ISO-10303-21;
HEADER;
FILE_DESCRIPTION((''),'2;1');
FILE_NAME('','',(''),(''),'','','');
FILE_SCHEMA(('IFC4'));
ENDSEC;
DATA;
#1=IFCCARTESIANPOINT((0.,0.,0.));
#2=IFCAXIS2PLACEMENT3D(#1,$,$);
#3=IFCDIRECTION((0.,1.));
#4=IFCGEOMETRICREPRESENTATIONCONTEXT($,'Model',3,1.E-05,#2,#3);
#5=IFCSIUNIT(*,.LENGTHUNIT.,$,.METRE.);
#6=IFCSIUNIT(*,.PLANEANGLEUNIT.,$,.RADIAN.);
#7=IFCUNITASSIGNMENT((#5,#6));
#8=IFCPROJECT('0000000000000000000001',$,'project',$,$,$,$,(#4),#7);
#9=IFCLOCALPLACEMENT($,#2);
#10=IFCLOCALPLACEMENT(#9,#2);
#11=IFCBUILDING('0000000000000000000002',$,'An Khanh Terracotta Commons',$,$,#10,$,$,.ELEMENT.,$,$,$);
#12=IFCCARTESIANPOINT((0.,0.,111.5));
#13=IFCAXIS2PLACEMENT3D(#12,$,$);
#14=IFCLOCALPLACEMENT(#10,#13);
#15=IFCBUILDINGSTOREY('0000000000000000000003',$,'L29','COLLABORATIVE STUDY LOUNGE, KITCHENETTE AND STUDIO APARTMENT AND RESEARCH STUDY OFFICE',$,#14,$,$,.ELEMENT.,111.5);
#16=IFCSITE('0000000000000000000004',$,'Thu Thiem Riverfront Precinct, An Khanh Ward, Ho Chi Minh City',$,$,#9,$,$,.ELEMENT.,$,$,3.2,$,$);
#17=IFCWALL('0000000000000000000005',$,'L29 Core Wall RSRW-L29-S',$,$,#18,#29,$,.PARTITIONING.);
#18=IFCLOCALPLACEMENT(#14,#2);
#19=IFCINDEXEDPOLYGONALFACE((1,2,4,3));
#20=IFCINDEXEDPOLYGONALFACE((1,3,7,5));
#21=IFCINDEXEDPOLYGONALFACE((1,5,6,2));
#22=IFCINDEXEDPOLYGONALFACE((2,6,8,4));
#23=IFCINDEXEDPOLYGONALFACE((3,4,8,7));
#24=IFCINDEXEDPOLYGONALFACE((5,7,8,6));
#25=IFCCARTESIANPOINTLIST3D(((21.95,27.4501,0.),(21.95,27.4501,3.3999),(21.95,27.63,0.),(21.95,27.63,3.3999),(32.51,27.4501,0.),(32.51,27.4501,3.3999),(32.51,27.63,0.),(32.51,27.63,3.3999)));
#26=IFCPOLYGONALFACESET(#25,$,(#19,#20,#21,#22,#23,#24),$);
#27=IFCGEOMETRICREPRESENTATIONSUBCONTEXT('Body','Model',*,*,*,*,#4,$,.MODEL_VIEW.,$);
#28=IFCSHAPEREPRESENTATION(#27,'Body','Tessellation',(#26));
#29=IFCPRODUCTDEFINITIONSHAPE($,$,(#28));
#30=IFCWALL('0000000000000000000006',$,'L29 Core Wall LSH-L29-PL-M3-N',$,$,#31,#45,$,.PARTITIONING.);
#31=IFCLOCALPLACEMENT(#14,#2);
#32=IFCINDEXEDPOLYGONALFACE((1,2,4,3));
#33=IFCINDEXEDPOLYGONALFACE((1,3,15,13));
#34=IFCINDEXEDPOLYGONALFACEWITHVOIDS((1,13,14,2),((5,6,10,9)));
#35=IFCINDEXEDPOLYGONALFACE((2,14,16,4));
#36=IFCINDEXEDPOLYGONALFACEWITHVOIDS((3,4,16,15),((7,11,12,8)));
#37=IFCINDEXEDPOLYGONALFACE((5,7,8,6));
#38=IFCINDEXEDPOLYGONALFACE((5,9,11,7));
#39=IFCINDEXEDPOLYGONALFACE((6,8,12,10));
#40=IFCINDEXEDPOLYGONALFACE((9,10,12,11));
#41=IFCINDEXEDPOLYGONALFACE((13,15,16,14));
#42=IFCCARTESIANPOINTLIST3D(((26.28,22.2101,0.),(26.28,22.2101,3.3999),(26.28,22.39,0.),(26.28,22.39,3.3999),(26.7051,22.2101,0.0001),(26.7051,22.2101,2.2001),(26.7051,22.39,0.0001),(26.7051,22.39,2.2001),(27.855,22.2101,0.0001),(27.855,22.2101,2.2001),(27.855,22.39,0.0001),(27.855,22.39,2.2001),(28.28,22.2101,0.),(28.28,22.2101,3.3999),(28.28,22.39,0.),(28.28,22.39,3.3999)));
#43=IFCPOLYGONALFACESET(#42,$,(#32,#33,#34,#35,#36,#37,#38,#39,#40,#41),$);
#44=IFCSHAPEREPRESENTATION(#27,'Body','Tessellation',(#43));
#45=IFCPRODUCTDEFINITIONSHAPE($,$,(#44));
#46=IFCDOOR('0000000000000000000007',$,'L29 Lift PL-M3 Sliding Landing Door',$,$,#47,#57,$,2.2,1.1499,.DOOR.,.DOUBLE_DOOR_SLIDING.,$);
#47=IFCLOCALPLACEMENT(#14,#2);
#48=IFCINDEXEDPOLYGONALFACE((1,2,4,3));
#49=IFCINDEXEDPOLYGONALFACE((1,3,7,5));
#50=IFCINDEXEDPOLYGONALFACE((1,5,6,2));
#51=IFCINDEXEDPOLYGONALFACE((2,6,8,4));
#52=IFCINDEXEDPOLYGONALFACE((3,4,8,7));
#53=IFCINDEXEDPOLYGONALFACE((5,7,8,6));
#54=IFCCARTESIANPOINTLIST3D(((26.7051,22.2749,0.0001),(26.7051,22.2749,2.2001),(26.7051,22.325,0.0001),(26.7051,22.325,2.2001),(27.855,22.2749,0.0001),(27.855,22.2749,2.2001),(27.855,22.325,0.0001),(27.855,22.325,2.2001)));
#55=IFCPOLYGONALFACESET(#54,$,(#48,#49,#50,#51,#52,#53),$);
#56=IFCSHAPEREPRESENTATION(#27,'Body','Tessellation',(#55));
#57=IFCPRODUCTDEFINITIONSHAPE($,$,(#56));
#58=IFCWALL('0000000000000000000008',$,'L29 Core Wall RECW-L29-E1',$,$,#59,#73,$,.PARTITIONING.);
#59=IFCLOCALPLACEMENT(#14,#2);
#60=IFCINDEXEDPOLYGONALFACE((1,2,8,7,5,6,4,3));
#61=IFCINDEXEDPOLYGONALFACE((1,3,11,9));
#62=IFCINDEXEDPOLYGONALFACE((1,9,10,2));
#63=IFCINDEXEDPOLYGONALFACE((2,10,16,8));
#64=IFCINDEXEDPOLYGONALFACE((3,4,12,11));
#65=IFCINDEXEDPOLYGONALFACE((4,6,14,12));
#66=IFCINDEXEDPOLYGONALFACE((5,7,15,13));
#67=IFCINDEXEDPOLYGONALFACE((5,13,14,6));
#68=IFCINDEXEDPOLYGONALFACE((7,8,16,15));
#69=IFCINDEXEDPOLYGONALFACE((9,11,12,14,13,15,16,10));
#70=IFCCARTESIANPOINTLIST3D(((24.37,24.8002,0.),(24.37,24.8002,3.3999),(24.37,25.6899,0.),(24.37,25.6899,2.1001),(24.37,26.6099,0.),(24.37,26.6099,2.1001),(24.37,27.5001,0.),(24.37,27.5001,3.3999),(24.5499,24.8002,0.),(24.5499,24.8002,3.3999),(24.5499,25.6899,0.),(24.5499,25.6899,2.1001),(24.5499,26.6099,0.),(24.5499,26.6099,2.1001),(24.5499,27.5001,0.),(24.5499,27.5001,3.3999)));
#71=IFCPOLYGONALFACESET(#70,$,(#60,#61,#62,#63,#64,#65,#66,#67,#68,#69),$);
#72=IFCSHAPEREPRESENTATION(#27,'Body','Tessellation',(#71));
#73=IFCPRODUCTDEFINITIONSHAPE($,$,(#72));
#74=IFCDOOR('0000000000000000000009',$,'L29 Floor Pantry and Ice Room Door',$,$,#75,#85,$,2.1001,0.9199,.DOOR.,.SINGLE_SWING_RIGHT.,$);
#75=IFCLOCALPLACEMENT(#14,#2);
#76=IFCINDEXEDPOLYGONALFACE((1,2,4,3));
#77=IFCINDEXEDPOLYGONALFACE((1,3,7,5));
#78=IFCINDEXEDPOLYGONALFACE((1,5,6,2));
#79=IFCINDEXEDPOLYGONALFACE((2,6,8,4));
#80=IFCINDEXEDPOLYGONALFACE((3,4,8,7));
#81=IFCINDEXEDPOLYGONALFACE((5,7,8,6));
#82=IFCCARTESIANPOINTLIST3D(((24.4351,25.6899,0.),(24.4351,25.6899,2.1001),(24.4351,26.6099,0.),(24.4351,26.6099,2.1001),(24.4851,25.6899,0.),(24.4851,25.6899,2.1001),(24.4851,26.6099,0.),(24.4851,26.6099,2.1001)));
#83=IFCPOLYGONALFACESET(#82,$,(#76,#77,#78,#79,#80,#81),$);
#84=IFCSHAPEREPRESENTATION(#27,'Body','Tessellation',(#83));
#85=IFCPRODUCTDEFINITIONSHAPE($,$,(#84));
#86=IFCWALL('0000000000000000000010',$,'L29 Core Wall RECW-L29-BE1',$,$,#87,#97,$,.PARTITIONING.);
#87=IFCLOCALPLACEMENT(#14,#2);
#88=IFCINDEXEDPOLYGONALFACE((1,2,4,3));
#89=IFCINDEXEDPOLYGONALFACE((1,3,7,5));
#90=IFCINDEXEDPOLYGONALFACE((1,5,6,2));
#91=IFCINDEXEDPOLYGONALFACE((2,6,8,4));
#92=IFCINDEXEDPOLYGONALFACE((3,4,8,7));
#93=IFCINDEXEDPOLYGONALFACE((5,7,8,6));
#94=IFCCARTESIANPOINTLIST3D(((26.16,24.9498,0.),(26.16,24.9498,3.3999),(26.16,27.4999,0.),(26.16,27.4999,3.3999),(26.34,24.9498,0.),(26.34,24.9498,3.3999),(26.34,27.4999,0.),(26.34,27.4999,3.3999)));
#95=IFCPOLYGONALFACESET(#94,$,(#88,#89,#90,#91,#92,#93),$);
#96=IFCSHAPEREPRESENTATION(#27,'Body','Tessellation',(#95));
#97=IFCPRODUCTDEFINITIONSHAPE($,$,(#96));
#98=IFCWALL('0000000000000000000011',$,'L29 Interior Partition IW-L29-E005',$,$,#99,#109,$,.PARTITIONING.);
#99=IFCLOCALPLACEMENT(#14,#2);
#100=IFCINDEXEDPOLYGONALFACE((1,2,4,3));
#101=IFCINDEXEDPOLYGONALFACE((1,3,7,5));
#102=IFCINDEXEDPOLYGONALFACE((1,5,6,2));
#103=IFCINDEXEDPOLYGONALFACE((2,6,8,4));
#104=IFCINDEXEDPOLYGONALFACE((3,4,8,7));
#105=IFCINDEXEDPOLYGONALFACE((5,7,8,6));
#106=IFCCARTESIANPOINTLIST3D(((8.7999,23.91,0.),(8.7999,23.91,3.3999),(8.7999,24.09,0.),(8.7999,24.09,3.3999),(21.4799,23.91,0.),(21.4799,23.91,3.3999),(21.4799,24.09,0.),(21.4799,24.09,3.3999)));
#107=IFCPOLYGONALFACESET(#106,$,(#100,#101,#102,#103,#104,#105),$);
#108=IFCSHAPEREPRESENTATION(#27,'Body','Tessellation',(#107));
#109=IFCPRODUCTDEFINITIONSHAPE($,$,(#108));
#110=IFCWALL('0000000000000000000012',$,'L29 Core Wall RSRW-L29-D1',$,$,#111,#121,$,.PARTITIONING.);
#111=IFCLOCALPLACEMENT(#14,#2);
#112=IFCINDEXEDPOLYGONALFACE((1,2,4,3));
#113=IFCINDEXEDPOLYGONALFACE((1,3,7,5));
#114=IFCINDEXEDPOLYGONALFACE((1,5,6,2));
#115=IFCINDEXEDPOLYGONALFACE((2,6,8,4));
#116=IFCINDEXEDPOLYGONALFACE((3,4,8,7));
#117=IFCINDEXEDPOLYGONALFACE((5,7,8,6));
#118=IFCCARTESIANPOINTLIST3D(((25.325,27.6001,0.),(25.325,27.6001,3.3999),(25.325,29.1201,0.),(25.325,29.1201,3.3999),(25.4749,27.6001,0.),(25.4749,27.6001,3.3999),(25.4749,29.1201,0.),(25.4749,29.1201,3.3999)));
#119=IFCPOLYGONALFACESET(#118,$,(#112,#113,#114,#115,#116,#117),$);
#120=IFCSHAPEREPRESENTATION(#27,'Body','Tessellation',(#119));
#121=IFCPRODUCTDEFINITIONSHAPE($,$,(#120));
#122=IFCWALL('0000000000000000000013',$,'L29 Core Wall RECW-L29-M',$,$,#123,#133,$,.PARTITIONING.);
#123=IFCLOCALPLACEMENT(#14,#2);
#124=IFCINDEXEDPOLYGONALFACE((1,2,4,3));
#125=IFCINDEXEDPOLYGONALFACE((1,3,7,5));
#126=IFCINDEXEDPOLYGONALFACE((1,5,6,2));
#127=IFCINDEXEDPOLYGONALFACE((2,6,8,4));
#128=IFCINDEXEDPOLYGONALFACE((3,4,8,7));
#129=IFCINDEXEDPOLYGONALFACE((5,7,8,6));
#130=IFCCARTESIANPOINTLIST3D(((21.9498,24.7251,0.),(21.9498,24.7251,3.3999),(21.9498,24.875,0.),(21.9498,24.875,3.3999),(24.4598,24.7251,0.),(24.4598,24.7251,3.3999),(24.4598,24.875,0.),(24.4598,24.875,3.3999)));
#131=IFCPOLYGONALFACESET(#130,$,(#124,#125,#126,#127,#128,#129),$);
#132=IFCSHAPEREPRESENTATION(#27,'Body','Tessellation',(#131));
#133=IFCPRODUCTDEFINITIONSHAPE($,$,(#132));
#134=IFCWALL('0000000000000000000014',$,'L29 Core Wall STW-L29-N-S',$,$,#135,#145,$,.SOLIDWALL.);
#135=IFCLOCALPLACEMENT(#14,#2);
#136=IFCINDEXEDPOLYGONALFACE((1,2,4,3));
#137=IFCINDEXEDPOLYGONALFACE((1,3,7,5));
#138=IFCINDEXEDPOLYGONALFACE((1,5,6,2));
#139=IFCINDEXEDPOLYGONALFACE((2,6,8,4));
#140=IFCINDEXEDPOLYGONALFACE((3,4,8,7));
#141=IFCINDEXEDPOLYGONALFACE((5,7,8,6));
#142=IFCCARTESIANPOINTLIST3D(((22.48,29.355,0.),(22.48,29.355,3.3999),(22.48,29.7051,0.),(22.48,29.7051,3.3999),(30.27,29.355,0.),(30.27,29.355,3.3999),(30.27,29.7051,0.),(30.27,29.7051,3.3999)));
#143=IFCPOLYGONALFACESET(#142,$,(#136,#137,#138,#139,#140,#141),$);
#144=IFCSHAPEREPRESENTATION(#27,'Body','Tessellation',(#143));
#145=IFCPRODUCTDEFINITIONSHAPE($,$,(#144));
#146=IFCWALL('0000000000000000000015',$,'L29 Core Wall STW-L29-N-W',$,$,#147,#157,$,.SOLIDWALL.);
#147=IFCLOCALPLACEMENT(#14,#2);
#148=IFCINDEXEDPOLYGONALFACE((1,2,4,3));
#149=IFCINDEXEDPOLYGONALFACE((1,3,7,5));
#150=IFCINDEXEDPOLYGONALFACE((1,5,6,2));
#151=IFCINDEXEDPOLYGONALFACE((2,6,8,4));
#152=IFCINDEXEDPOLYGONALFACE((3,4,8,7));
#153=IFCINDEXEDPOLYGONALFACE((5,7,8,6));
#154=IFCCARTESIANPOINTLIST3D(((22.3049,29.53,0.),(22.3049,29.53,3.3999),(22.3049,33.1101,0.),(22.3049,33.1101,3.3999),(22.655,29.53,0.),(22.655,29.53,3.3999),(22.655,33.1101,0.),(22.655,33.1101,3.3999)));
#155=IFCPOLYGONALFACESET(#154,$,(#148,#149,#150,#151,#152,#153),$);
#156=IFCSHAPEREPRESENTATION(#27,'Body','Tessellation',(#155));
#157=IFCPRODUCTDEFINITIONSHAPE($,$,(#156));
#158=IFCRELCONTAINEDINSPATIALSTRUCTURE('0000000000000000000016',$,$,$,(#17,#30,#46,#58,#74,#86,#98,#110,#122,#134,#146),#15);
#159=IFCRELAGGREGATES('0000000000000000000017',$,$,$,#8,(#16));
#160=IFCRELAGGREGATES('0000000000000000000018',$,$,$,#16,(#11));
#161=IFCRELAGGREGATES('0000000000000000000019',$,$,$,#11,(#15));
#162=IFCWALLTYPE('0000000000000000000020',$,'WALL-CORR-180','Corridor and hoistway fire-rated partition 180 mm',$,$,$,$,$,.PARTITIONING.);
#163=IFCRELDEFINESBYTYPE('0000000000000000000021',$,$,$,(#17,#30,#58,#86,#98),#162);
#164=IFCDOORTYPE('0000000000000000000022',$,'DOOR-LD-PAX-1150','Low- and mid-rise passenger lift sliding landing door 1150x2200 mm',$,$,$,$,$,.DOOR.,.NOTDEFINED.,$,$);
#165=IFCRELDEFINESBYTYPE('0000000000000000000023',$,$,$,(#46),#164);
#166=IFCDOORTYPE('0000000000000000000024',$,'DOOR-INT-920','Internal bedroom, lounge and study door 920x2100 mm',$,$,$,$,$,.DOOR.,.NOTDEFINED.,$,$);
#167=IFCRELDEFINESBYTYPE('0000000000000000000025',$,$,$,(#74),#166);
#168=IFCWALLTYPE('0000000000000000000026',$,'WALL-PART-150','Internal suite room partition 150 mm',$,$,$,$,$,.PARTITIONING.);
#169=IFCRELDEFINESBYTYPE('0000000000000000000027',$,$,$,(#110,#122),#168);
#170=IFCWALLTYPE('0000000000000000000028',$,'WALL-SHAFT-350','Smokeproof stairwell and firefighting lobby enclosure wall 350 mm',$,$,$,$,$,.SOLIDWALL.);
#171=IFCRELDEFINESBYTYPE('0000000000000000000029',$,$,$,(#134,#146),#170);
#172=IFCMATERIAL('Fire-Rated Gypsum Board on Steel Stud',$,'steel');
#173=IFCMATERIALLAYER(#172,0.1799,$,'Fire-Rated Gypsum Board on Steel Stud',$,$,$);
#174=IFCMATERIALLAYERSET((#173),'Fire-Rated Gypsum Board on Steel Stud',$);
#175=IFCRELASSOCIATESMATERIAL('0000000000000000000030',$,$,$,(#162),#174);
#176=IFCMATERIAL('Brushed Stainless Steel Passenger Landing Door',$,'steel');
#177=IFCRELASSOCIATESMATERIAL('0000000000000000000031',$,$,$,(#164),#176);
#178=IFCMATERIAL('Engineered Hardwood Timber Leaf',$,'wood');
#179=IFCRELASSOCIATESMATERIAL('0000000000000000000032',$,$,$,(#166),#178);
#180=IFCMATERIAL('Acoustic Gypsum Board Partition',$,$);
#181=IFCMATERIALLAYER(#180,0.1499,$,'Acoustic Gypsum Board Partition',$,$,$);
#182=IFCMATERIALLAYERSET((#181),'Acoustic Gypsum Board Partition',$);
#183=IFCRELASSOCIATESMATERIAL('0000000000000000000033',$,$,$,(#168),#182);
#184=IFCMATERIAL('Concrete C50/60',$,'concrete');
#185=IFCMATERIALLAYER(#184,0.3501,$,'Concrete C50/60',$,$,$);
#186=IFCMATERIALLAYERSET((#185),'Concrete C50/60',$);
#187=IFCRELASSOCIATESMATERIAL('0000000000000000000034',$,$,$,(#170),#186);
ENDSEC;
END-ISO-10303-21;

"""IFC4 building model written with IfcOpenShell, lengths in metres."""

from ifc_helpers import new_model, si_unit, direction, frame, frame_2d, origin, place, context, subcontext, project, spatial, rectangle, extrude, material, layer, layer_set, type_object, element, fill, save


model = new_model("IFC4")

# Units and contexts
model_context = context("Model", 3, precision=1e-05, world=origin(), true_north=direction((0.0, 1.0)))
body_context = subcontext(model_context, "Body", "Model", "MODEL_VIEW")
ifc_project = project(units=[si_unit("LENGTHUNIT", "METRE"), si_unit("PLANEANGLEUNIT", "RADIAN")], contexts=[model_context])

# Site, building, storey
site_placement = place(None, origin())
site = spatial("IfcSite", under=ifc_project, at=site_placement, Name="Thu Thiem Riverfront Precinct, An Khanh Ward, Ho Chi Minh City", CompositionType="ELEMENT", RefElevation=3.2)
building_placement = place(site_placement, origin())
building = spatial("IfcBuilding", under=site, at=building_placement, Name="An Khanh Terracotta Commons", CompositionType="ELEMENT")
storey_placement = place(building_placement, frame((0.0, 0.0, 111.5)))
storey = spatial("IfcBuildingStorey", under=building, at=storey_placement, Name="L29", Description="COLLABORATIVE STUDY LOUNGE, KITCHENETTE AND STUDIO APARTMENT AND RESEARCH STUDY OFFICE", CompositionType="ELEMENT", Elevation=111.5)

# Wall
ifc_material_1 = material(Name="Fire-Rated Gypsum Board on Steel Stud", Category="steel")
ifc_layer_1 = layer(ifc_material_1, 0.1799, Name="Fire-Rated Gypsum Board on Steel Stud")
ifc_layer_set_1 = layer_set([ifc_layer_1], Name="Fire-Rated Gypsum Board on Steel Stud")
wall_type_1 = type_object("IfcWallType", Name="WALL-CORR-180", Description="Corridor and hoistway fire-rated partition 180 mm", PredefinedType="PARTITIONING", material=ifc_layer_set_1)
wall_1_placement = place(storey_placement, frame((21.95, 27.54, 0.0), z_axis=(0.0, 0.0, 1.0), x_axis=(1.0, 0.0, 0.0)))
element("IfcWall", 1, at=wall_1_placement, inside=storey, type_object=wall_type_1, Name="L29 Core Wall RSRW-L29-S", PredefinedType="PARTITIONING", context=body_context, shape_type="SweptSolid", body=[
    extrude(rectangle(XDim=10.5601, YDim=0.1799, at=frame_2d((5.28, 0.0))), origin(), (0.0, 0.0, 1.0), 3.3999),
])

# Walls, openings, doors
wall_2_placement = place(storey_placement, frame((26.28, 22.3, 0.0), z_axis=(0.0, 0.0, 1.0), x_axis=(1.0, 0.0, 0.0)))
wall_2 = element("IfcWall", 2, at=wall_2_placement, inside=storey, type_object=wall_type_1, Name="L29 Core Wall LSH-L29-PL-M3-N", PredefinedType="PARTITIONING", context=body_context, shape_type="SweptSolid", body=[
    extrude(rectangle(XDim=2.0, YDim=0.1799, at=frame_2d((1.0, 0.0))), origin(), (0.0, 0.0, 1.0), 3.3999),
])
opening_1_placement = place(wall_2_placement, frame((0.425, 0.0, 0.0)))
opening_1 = element("IfcOpeningElement", 3, at=opening_1_placement, cuts=wall_2, PredefinedType="OPENING", context=body_context, shape_type="SweptSolid", body=[
    extrude(rectangle(XDim=1.1499, YDim=2.2, at=frame_2d((0.575, 1.1001))), frame((0.0, 0.0999, 0.0), z_axis=(0.0, -1.0, 0.0), x_axis=(1.0, 0.0, 0.0)), (0.0, 0.0, 1.0), 0.2),
])
ifc_material_2 = material(Name="Brushed Stainless Steel Passenger Landing Door", Category="steel")
door_type_1 = type_object("IfcDoorType", Name="DOOR-LD-PAX-1150", Description="Low- and mid-rise passenger lift sliding landing door 1150x2200 mm", OperationType="NOTDEFINED", PredefinedType="DOOR", material=ifc_material_2)
door_1_placement = place(opening_1_placement, origin())
door_1 = element("IfcDoor", 4, at=door_1_placement, inside=storey, type_object=door_type_1, Name="L29 Lift PL-M3 Sliding Landing Door", OperationType="DOUBLE_DOOR_SLIDING", OverallHeight=2.2, OverallWidth=1.1499, PredefinedType="DOOR", context=body_context, shape_type="SweptSolid", body=[
    extrude(rectangle(XDim=1.1499, YDim=2.2, at=frame_2d((0.575, 1.1001))), frame((0.0, 0.0249, 0.0), z_axis=(0.0, -1.0, 0.0), x_axis=(1.0, 0.0, 0.0)), (0.0, 0.0, 1.0), 0.05),
])
fill(opening_1, door_1)
wall_3_placement = place(storey_placement, frame((24.46, 24.8, 0.0), z_axis=(0.0, 0.0, 1.0), x_axis=(0.0, 1.0, 0.0)))
wall_3 = element("IfcWall", 5, at=wall_3_placement, inside=storey, type_object=wall_type_1, Name="L29 Core Wall RECW-L29-E1", PredefinedType="PARTITIONING", context=body_context, shape_type="SweptSolid", body=[
    extrude(rectangle(XDim=2.7, YDim=0.1799, at=frame_2d((1.3501, 0.0))), origin(), (0.0, 0.0, 1.0), 3.3999),
])
opening_2_placement = place(wall_3_placement, frame((0.8899, 0.0, 0.0)))
opening_2 = element("IfcOpeningElement", 6, at=opening_2_placement, cuts=wall_3, PredefinedType="OPENING", context=body_context, shape_type="SweptSolid", body=[
    extrude(rectangle(XDim=0.9199, YDim=2.1001, at=frame_2d((0.46, 1.05))), frame((0.0, 0.0999, 0.0), z_axis=(0.0, -1.0, 0.0), x_axis=(1.0, 0.0, 0.0)), (0.0, 0.0, 1.0), 0.2),
])
ifc_material_3 = material(Name="Engineered Hardwood Timber Leaf", Category="wood")
door_type_2 = type_object("IfcDoorType", Name="DOOR-INT-920", Description="Internal bedroom, lounge and study door 920x2100 mm", OperationType="NOTDEFINED", PredefinedType="DOOR", material=ifc_material_3)
door_2_placement = place(opening_2_placement, origin())
door_2 = element("IfcDoor", 7, at=door_2_placement, inside=storey, type_object=door_type_2, Name="L29 Floor Pantry and Ice Room Door", OperationType="SINGLE_SWING_RIGHT", OverallHeight=2.1001, OverallWidth=0.9199, PredefinedType="DOOR", context=body_context, shape_type="SweptSolid", body=[
    extrude(rectangle(XDim=0.9199, YDim=2.1001, at=frame_2d((0.46, 1.05))), frame((0.0, 0.0249, 0.0), z_axis=(0.0, -1.0, 0.0), x_axis=(1.0, 0.0, 0.0)), (0.0, 0.0, 1.0), 0.05),
])
fill(opening_2, door_2)

# Walls
wall_4_placement = place(storey_placement, frame((26.25, 24.95, 0.0), z_axis=(0.0, 0.0, 1.0), x_axis=(0.0, 1.0, 0.0)))
element("IfcWall", 8, at=wall_4_placement, inside=storey, type_object=wall_type_1, Name="L29 Core Wall RECW-L29-BE1", PredefinedType="PARTITIONING", context=body_context, shape_type="SweptSolid", body=[
    extrude(rectangle(XDim=2.55, YDim=0.1799, at=frame_2d((1.2749, 0.0))), origin(), (0.0, 0.0, 1.0), 3.3999),
])
wall_5_placement = place(storey_placement, frame((8.8, 24.0, 0.0), z_axis=(0.0, 0.0, 1.0), x_axis=(1.0, 0.0, 0.0)))
element("IfcWall", 9, at=wall_5_placement, inside=storey, type_object=wall_type_1, Name="L29 Interior Partition IW-L29-E005", PredefinedType="PARTITIONING", context=body_context, shape_type="SweptSolid", body=[
    extrude(rectangle(XDim=12.6799, YDim=0.1799, at=frame_2d((6.3398, 0.0))), origin(), (0.0, 0.0, 1.0), 3.3999),
])
ifc_material_4 = material(Name="Acoustic Gypsum Board Partition")
ifc_layer_2 = layer(ifc_material_4, 0.1499, Name="Acoustic Gypsum Board Partition")
ifc_layer_set_2 = layer_set([ifc_layer_2], Name="Acoustic Gypsum Board Partition")
wall_type_2 = type_object("IfcWallType", Name="WALL-PART-150", Description="Internal suite room partition 150 mm", PredefinedType="PARTITIONING", material=ifc_layer_set_2)
wall_6_placement = place(storey_placement, frame((25.3999, 27.6001, 0.0), z_axis=(0.0, 0.0, 1.0), x_axis=(0.0, 1.0, 0.0)))
element("IfcWall", 10, at=wall_6_placement, inside=storey, type_object=wall_type_2, Name="L29 Core Wall RSRW-L29-D1", PredefinedType="PARTITIONING", context=body_context, shape_type="SweptSolid", body=[
    extrude(rectangle(XDim=1.52, YDim=0.1499, at=frame_2d((0.76, 0.0))), origin(), (0.0, 0.0, 1.0), 3.3999),
])
wall_7_placement = place(storey_placement, frame((21.95, 24.8, 0.0), z_axis=(0.0, 0.0, 1.0), x_axis=(1.0, 0.0, 0.0)))
element("IfcWall", 11, at=wall_7_placement, inside=storey, type_object=wall_type_2, Name="L29 Core Wall RECW-L29-M", PredefinedType="PARTITIONING", context=body_context, shape_type="SweptSolid", body=[
    extrude(rectangle(XDim=2.51, YDim=0.1499, at=frame_2d((1.2549, 0.0))), origin(), (0.0, 0.0, 1.0), 3.3999),
])
ifc_material_5 = material(Name="Concrete C50/60", Category="concrete")
ifc_layer_3 = layer(ifc_material_5, 0.3501, Name="Concrete C50/60")
ifc_layer_set_3 = layer_set([ifc_layer_3], Name="Concrete C50/60")
wall_type_3 = type_object("IfcWallType", Name="WALL-SHAFT-350", Description="Smokeproof stairwell and firefighting lobby enclosure wall 350 mm", PredefinedType="SOLIDWALL", material=ifc_layer_set_3)
wall_8_placement = place(storey_placement, frame((22.48, 29.53, 0.0), z_axis=(0.0, 0.0, 1.0), x_axis=(1.0, 0.0, 0.0)))
element("IfcWall", 12, at=wall_8_placement, inside=storey, type_object=wall_type_3, Name="L29 Core Wall STW-L29-N-S", PredefinedType="SOLIDWALL", context=body_context, shape_type="SweptSolid", body=[
    extrude(rectangle(XDim=7.79, YDim=0.3501, at=frame_2d((3.895, 0.0))), origin(), (0.0, 0.0, 1.0), 3.3999),
])
wall_9_placement = place(storey_placement, frame((22.48, 29.53, 0.0), z_axis=(0.0, 0.0, 1.0), x_axis=(0.0, 1.0, 0.0)))
element("IfcWall", 13, at=wall_9_placement, inside=storey, type_object=wall_type_3, Name="L29 Core Wall STW-L29-N-W", PredefinedType="SOLIDWALL", context=body_context, shape_type="SweptSolid", body=[
    extrude(rectangle(XDim=3.5801, YDim=0.3501, at=frame_2d((1.79, 0.0))), origin(), (0.0, 0.0, 1.0), 3.3999),
])

save(model, "model.ifc")
